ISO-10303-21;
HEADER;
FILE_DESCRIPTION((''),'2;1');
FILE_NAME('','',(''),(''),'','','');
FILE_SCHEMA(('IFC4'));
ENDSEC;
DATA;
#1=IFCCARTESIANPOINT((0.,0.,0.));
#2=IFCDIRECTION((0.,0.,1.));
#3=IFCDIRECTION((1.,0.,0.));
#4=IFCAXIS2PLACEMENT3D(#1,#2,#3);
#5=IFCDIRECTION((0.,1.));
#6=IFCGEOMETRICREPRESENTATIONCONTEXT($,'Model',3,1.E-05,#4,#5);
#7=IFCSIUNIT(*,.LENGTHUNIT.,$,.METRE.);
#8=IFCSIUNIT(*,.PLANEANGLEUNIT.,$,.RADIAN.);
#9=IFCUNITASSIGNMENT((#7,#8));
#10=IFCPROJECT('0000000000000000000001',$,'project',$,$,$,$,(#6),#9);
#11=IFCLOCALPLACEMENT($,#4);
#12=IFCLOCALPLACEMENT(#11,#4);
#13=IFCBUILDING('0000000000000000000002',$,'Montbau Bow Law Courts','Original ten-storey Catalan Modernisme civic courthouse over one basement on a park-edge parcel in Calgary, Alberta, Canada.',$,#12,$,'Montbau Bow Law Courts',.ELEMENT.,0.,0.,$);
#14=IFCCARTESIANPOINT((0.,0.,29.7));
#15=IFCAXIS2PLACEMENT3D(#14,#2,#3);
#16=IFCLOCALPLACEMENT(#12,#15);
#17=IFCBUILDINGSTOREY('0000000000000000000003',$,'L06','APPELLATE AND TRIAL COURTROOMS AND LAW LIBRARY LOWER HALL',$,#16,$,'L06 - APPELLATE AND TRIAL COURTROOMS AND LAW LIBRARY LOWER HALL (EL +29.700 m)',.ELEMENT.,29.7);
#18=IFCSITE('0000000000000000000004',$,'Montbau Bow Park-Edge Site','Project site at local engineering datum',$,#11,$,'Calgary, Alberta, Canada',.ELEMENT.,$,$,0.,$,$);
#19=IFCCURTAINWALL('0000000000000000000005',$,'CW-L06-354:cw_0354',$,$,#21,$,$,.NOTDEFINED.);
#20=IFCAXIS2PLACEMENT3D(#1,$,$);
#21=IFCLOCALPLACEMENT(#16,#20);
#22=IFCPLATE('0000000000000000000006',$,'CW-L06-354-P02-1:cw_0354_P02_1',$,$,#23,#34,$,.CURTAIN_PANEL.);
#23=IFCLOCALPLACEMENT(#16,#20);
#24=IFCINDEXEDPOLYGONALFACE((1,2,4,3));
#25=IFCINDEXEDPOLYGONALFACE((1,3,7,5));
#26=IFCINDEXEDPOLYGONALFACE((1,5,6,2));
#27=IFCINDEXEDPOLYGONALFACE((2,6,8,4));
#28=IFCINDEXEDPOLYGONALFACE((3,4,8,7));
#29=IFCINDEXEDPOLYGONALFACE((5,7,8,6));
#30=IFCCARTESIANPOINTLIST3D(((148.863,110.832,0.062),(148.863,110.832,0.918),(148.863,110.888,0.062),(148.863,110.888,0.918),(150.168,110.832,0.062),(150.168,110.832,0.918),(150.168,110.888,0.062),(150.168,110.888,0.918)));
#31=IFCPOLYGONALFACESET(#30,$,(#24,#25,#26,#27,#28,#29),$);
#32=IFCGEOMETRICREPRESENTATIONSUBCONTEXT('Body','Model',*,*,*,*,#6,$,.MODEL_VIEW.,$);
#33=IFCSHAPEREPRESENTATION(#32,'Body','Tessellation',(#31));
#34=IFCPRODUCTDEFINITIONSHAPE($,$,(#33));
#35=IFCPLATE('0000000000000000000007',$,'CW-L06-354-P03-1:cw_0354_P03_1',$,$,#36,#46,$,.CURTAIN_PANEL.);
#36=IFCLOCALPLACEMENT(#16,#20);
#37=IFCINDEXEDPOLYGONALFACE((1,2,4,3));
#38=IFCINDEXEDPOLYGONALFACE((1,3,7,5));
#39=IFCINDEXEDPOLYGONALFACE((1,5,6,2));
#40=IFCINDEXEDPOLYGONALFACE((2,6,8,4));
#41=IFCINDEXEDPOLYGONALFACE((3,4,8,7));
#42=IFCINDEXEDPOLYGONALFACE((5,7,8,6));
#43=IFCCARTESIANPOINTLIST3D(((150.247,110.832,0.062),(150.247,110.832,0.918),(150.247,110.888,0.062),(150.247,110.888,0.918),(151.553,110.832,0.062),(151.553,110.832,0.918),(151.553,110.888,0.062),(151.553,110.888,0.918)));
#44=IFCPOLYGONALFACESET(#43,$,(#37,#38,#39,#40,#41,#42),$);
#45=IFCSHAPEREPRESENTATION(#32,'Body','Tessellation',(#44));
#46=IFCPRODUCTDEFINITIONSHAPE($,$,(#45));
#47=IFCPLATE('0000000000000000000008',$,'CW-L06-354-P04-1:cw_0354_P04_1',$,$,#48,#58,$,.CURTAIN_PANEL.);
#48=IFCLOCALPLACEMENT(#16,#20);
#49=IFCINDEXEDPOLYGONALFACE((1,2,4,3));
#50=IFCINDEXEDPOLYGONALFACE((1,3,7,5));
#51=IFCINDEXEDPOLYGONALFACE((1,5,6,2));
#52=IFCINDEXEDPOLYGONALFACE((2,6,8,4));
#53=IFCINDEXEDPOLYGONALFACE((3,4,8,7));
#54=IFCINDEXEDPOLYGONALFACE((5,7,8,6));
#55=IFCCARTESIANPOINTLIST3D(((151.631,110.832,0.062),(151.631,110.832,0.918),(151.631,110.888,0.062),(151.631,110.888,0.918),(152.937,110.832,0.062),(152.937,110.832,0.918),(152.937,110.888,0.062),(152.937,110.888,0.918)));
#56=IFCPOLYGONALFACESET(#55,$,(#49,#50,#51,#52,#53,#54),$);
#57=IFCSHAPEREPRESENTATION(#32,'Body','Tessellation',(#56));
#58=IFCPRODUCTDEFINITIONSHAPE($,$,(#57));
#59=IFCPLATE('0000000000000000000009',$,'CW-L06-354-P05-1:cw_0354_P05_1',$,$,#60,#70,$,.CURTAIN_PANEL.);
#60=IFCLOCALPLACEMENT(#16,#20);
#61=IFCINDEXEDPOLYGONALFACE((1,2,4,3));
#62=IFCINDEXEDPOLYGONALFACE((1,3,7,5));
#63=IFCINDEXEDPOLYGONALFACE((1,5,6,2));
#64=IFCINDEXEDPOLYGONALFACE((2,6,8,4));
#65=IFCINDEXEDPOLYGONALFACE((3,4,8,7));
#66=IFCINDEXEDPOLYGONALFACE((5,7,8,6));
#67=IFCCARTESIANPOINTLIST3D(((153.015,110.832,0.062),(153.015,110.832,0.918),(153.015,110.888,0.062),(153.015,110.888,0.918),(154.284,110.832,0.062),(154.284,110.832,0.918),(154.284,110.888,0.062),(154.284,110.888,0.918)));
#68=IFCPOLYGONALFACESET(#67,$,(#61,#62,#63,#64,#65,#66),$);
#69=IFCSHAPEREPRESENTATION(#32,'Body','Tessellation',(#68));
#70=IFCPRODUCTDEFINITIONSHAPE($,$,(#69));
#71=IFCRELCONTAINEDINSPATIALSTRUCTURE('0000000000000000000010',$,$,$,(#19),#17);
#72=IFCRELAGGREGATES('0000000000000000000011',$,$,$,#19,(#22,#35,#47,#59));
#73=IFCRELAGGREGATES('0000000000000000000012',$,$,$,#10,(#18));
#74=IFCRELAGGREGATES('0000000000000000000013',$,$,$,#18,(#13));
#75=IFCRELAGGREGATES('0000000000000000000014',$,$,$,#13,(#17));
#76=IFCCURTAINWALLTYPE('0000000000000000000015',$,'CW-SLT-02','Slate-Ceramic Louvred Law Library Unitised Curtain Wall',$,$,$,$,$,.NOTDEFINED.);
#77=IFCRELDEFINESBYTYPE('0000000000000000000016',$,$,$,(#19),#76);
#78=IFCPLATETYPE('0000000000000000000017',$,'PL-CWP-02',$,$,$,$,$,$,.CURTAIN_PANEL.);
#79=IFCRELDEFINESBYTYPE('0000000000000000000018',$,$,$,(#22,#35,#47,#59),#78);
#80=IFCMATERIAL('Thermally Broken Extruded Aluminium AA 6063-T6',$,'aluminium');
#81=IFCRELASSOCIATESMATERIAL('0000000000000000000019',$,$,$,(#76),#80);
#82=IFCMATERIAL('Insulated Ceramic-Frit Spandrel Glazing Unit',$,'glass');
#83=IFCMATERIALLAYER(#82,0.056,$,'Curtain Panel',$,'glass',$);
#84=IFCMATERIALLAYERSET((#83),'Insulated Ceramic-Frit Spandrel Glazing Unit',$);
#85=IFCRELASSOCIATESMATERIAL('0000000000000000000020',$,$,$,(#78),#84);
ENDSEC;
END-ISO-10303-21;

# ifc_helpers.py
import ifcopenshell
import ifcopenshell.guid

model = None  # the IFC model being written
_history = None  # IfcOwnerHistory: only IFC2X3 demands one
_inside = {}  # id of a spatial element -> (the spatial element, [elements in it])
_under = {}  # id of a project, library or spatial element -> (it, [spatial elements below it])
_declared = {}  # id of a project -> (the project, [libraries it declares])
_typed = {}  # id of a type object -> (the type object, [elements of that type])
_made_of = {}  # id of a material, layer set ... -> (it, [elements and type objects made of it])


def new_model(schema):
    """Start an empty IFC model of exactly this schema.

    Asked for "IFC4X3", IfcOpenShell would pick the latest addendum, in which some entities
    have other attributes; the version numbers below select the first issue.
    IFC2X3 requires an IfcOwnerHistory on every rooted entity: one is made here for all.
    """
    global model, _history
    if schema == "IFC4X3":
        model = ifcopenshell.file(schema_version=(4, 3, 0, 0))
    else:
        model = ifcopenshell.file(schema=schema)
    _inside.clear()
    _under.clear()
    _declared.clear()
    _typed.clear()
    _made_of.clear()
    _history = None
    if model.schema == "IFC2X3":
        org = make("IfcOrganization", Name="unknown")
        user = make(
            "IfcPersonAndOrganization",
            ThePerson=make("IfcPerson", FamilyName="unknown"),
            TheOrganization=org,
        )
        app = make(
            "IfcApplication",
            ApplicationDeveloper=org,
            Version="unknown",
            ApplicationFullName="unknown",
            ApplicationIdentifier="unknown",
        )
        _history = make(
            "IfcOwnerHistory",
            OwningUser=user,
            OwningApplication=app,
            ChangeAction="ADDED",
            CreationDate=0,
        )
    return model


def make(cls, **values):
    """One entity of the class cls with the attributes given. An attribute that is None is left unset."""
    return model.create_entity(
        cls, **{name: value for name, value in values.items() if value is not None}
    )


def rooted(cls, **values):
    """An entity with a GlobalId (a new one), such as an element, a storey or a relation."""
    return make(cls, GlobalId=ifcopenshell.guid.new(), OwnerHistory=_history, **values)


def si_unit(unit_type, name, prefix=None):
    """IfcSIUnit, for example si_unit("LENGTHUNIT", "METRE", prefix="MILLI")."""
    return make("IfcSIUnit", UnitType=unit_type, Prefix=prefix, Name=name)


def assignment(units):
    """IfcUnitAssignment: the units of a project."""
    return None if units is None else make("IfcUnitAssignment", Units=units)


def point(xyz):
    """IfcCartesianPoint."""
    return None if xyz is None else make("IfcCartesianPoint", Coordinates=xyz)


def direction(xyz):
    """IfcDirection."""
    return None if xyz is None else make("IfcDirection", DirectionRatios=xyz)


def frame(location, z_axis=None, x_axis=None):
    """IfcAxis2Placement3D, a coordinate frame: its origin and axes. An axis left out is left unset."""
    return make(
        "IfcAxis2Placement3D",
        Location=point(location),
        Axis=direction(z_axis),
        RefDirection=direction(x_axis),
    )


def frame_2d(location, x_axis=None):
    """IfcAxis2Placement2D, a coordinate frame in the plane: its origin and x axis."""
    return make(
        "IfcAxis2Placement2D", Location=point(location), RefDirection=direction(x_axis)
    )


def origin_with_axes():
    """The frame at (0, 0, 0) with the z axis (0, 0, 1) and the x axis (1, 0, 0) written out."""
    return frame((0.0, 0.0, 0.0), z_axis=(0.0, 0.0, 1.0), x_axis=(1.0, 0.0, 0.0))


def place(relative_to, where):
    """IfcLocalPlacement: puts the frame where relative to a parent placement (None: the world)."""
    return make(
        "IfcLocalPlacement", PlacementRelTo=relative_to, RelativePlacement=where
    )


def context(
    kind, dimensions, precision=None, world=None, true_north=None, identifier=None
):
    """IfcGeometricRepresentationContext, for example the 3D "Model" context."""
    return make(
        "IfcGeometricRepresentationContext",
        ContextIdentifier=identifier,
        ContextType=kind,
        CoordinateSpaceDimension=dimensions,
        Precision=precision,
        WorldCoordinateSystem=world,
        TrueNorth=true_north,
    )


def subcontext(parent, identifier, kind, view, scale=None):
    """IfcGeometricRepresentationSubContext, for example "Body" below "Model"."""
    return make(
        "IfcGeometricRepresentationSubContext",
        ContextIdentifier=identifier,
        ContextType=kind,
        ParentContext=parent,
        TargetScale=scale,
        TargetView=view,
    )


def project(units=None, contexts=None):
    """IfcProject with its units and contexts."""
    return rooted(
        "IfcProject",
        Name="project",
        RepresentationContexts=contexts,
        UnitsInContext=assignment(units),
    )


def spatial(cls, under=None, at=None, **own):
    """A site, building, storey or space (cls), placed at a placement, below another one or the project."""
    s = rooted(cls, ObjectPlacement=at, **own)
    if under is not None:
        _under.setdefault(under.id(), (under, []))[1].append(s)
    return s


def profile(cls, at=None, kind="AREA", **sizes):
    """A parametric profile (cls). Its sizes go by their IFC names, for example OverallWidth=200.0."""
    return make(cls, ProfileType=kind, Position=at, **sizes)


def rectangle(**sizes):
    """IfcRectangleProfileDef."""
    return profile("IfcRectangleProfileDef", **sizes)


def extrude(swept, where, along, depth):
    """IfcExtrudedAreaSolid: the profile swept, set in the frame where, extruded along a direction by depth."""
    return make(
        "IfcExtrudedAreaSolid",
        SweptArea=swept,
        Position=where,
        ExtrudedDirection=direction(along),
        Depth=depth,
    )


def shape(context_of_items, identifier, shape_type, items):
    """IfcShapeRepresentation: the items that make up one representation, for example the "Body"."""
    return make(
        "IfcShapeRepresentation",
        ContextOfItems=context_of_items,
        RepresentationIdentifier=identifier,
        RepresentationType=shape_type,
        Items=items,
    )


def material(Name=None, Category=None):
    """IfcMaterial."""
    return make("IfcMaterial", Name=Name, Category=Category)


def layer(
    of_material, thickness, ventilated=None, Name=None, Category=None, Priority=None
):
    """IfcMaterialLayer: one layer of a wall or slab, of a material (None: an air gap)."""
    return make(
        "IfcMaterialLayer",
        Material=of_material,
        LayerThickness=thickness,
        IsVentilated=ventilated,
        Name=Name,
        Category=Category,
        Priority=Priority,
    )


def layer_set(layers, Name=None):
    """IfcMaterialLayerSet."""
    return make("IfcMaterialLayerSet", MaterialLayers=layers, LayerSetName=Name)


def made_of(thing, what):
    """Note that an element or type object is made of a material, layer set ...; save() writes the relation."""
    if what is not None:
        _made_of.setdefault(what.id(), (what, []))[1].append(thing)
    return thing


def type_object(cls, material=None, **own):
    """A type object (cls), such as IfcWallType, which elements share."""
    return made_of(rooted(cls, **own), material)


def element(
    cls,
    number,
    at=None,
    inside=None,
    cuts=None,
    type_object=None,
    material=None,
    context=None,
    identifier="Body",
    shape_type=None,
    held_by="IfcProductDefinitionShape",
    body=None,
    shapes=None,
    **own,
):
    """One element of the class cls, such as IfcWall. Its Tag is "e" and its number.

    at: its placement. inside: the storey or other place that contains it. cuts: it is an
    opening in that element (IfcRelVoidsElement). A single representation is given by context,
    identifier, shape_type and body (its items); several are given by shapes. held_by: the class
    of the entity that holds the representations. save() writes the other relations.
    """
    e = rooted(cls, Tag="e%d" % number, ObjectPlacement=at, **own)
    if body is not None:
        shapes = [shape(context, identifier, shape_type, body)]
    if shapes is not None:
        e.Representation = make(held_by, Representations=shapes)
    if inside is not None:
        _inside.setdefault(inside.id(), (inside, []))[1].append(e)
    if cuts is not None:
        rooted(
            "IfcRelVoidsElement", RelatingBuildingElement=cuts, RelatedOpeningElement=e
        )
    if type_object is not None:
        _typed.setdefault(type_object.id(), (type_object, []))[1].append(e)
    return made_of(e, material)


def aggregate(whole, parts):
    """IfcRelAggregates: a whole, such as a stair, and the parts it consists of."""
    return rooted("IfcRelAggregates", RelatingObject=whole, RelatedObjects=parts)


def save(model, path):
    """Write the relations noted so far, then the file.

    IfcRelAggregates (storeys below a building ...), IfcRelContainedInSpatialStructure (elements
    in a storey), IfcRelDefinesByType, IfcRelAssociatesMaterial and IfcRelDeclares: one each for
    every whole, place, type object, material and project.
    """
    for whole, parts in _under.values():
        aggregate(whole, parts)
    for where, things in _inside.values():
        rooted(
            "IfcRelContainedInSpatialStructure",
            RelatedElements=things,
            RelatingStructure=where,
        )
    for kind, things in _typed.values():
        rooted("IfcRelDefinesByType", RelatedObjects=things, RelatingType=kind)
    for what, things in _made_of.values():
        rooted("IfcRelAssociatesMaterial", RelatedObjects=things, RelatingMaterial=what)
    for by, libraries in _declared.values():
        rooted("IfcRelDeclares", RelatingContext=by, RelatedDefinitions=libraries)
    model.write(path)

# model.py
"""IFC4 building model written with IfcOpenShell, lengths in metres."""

from ifc_helpers import new_model, si_unit, direction, frame, frame_2d, origin_with_axes, place, context, subcontext, project, spatial, rectangle, extrude, material, layer, layer_set, type_object, element, aggregate, save


model = new_model("IFC4")

# Units and contexts
model_context = context("Model", 3, precision=1e-05, world=origin_with_axes(), true_north=direction((0.0, 1.0)))
body_context = subcontext(model_context, "Body", "Model", "MODEL_VIEW")
ifc_project = project(units=[si_unit("LENGTHUNIT", "METRE"), si_unit("PLANEANGLEUNIT", "RADIAN")], contexts=[model_context])

# Site, building, storey
site_placement = place(None, origin_with_axes())
site = spatial("IfcSite", under=ifc_project, at=site_placement, Name="Montbau Bow Park-Edge Site", Description="Project site at local engineering datum", LongName="Calgary, Alberta, Canada", CompositionType="ELEMENT", RefElevation=0.0)
building_placement = place(site_placement, origin_with_axes())
building = spatial("IfcBuilding", under=site, at=building_placement, Name="Montbau Bow Law Courts", Description="Original ten-storey Catalan Modernisme civic courthouse over one basement on a park-edge parcel in Calgary, Alberta, Canada.", LongName="Montbau Bow Law Courts", CompositionType="ELEMENT", ElevationOfRefHeight=0.0, ElevationOfTerrain=0.0)
storey_placement = place(building_placement, frame((0.0, 0.0, 29.7), z_axis=(0.0, 0.0, 1.0), x_axis=(1.0, 0.0, 0.0)))
storey = spatial("IfcBuildingStorey", under=building, at=storey_placement, Name="L06", Description="APPELLATE AND TRIAL COURTROOMS AND LAW LIBRARY LOWER HALL", LongName="L06 - APPELLATE AND TRIAL COURTROOMS AND LAW LIBRARY LOWER HALL (EL +29.700 m)", CompositionType="ELEMENT", Elevation=29.7)

# Curtain wall, plates
ifc_material_1 = material(Name="Thermally Broken Extruded Aluminium AA 6063-T6", Category="aluminium")
curtain_wall_type = type_object("IfcCurtainWallType", Name="CW-SLT-02", Description="Slate-Ceramic Louvred Law Library Unitised Curtain Wall", PredefinedType="NOTDEFINED", material=ifc_material_1)
curtain_wall_placement = place(None, frame((147.44, 110.86, 29.7), z_axis=(0.0, 0.0, 1.0), x_axis=(1.0, 0.0, 0.0)))
curtain_wall = element("IfcCurtainWall", 1, at=curtain_wall_placement, inside=storey, type_object=curtain_wall_type, Name="CW-L06-354:cw_0354", PredefinedType="NOTDEFINED")
ifc_material_2 = material(Name="Insulated Ceramic-Frit Spandrel Glazing Unit", Category="glass")
ifc_layer_1 = layer(ifc_material_2, 0.056, Name="Curtain Panel", Category="glass")
ifc_layer_set_1 = layer_set([ifc_layer_1], Name="Insulated Ceramic-Frit Spandrel Glazing Unit")
plate_type_1 = type_object("IfcPlateType", Name="PL-CWP-02", PredefinedType="CURTAIN_PANEL", material=ifc_layer_set_1)
plate_1_placement = place(None, frame((148.863, 110.86, 29.762), z_axis=(0.0, -1.0, 0.0), x_axis=(1.0, 0.0, 0.0)))
plate_1 = element("IfcPlate", 2, at=plate_1_placement, type_object=plate_type_1, Name="CW-L06-354-P02-1:cw_0354_P02_1", PredefinedType="CURTAIN_PANEL", context=body_context, shape_type="SweptSolid", body=[
    extrude(rectangle(XDim=1.305, YDim=0.856, at=frame_2d((0.6525, 0.428), x_axis=(1.0, 0.0))), frame((0.0, 0.0, -0.028), z_axis=(0.0, 0.0, 1.0), x_axis=(1.0, 0.0, 0.0)), (0.0, 0.0, 1.0), 0.056),
])
plate_2_placement = place(None, frame((150.247, 110.86, 29.762), z_axis=(0.0, -1.0, 0.0), x_axis=(1.0, 0.0, 0.0)))
plate_2 = element("IfcPlate", 3, at=plate_2_placement, type_object=plate_type_1, Name="CW-L06-354-P03-1:cw_0354_P03_1", PredefinedType="CURTAIN_PANEL", context=body_context, shape_type="SweptSolid", body=[
    extrude(rectangle(XDim=1.306, YDim=0.856, at=frame_2d((0.653, 0.428), x_axis=(1.0, 0.0))), frame((0.0, 0.0, -0.028), z_axis=(0.0, 0.0, 1.0), x_axis=(1.0, 0.0, 0.0)), (0.0, 0.0, 1.0), 0.056),
])
plate_3_placement = place(None, frame((151.631, 110.86, 29.762), z_axis=(0.0, -1.0, 0.0), x_axis=(1.0, 0.0, 0.0)))
plate_3 = element("IfcPlate", 4, at=plate_3_placement, type_object=plate_type_1, Name="CW-L06-354-P04-1:cw_0354_P04_1", PredefinedType="CURTAIN_PANEL", context=body_context, shape_type="SweptSolid", body=[
    extrude(rectangle(XDim=1.306, YDim=0.856, at=frame_2d((0.653, 0.428), x_axis=(1.0, 0.0))), frame((0.0, 0.0, -0.028), z_axis=(0.0, 0.0, 1.0), x_axis=(1.0, 0.0, 0.0)), (0.0, 0.0, 1.0), 0.056),
])
plate_4_placement = place(None, frame((153.015, 110.86, 29.762), z_axis=(0.0, -1.0, 0.0), x_axis=(1.0, 0.0, 0.0)))
plate_4 = element("IfcPlate", 5, at=plate_4_placement, type_object=plate_type_1, Name="CW-L06-354-P05-1:cw_0354_P05_1", PredefinedType="CURTAIN_PANEL", context=body_context, shape_type="SweptSolid", body=[
    extrude(rectangle(XDim=1.269, YDim=0.856, at=frame_2d((0.6345, 0.428), x_axis=(1.0, 0.0))), frame((0.0, 0.0, -0.028), z_axis=(0.0, 0.0, 1.0), x_axis=(1.0, 0.0, 0.0)), (0.0, 0.0, 1.0), 0.056),
])
aggregate(curtain_wall, [plate_1, plate_2, plate_3, plate_4])

save(model, "model.ifc")
